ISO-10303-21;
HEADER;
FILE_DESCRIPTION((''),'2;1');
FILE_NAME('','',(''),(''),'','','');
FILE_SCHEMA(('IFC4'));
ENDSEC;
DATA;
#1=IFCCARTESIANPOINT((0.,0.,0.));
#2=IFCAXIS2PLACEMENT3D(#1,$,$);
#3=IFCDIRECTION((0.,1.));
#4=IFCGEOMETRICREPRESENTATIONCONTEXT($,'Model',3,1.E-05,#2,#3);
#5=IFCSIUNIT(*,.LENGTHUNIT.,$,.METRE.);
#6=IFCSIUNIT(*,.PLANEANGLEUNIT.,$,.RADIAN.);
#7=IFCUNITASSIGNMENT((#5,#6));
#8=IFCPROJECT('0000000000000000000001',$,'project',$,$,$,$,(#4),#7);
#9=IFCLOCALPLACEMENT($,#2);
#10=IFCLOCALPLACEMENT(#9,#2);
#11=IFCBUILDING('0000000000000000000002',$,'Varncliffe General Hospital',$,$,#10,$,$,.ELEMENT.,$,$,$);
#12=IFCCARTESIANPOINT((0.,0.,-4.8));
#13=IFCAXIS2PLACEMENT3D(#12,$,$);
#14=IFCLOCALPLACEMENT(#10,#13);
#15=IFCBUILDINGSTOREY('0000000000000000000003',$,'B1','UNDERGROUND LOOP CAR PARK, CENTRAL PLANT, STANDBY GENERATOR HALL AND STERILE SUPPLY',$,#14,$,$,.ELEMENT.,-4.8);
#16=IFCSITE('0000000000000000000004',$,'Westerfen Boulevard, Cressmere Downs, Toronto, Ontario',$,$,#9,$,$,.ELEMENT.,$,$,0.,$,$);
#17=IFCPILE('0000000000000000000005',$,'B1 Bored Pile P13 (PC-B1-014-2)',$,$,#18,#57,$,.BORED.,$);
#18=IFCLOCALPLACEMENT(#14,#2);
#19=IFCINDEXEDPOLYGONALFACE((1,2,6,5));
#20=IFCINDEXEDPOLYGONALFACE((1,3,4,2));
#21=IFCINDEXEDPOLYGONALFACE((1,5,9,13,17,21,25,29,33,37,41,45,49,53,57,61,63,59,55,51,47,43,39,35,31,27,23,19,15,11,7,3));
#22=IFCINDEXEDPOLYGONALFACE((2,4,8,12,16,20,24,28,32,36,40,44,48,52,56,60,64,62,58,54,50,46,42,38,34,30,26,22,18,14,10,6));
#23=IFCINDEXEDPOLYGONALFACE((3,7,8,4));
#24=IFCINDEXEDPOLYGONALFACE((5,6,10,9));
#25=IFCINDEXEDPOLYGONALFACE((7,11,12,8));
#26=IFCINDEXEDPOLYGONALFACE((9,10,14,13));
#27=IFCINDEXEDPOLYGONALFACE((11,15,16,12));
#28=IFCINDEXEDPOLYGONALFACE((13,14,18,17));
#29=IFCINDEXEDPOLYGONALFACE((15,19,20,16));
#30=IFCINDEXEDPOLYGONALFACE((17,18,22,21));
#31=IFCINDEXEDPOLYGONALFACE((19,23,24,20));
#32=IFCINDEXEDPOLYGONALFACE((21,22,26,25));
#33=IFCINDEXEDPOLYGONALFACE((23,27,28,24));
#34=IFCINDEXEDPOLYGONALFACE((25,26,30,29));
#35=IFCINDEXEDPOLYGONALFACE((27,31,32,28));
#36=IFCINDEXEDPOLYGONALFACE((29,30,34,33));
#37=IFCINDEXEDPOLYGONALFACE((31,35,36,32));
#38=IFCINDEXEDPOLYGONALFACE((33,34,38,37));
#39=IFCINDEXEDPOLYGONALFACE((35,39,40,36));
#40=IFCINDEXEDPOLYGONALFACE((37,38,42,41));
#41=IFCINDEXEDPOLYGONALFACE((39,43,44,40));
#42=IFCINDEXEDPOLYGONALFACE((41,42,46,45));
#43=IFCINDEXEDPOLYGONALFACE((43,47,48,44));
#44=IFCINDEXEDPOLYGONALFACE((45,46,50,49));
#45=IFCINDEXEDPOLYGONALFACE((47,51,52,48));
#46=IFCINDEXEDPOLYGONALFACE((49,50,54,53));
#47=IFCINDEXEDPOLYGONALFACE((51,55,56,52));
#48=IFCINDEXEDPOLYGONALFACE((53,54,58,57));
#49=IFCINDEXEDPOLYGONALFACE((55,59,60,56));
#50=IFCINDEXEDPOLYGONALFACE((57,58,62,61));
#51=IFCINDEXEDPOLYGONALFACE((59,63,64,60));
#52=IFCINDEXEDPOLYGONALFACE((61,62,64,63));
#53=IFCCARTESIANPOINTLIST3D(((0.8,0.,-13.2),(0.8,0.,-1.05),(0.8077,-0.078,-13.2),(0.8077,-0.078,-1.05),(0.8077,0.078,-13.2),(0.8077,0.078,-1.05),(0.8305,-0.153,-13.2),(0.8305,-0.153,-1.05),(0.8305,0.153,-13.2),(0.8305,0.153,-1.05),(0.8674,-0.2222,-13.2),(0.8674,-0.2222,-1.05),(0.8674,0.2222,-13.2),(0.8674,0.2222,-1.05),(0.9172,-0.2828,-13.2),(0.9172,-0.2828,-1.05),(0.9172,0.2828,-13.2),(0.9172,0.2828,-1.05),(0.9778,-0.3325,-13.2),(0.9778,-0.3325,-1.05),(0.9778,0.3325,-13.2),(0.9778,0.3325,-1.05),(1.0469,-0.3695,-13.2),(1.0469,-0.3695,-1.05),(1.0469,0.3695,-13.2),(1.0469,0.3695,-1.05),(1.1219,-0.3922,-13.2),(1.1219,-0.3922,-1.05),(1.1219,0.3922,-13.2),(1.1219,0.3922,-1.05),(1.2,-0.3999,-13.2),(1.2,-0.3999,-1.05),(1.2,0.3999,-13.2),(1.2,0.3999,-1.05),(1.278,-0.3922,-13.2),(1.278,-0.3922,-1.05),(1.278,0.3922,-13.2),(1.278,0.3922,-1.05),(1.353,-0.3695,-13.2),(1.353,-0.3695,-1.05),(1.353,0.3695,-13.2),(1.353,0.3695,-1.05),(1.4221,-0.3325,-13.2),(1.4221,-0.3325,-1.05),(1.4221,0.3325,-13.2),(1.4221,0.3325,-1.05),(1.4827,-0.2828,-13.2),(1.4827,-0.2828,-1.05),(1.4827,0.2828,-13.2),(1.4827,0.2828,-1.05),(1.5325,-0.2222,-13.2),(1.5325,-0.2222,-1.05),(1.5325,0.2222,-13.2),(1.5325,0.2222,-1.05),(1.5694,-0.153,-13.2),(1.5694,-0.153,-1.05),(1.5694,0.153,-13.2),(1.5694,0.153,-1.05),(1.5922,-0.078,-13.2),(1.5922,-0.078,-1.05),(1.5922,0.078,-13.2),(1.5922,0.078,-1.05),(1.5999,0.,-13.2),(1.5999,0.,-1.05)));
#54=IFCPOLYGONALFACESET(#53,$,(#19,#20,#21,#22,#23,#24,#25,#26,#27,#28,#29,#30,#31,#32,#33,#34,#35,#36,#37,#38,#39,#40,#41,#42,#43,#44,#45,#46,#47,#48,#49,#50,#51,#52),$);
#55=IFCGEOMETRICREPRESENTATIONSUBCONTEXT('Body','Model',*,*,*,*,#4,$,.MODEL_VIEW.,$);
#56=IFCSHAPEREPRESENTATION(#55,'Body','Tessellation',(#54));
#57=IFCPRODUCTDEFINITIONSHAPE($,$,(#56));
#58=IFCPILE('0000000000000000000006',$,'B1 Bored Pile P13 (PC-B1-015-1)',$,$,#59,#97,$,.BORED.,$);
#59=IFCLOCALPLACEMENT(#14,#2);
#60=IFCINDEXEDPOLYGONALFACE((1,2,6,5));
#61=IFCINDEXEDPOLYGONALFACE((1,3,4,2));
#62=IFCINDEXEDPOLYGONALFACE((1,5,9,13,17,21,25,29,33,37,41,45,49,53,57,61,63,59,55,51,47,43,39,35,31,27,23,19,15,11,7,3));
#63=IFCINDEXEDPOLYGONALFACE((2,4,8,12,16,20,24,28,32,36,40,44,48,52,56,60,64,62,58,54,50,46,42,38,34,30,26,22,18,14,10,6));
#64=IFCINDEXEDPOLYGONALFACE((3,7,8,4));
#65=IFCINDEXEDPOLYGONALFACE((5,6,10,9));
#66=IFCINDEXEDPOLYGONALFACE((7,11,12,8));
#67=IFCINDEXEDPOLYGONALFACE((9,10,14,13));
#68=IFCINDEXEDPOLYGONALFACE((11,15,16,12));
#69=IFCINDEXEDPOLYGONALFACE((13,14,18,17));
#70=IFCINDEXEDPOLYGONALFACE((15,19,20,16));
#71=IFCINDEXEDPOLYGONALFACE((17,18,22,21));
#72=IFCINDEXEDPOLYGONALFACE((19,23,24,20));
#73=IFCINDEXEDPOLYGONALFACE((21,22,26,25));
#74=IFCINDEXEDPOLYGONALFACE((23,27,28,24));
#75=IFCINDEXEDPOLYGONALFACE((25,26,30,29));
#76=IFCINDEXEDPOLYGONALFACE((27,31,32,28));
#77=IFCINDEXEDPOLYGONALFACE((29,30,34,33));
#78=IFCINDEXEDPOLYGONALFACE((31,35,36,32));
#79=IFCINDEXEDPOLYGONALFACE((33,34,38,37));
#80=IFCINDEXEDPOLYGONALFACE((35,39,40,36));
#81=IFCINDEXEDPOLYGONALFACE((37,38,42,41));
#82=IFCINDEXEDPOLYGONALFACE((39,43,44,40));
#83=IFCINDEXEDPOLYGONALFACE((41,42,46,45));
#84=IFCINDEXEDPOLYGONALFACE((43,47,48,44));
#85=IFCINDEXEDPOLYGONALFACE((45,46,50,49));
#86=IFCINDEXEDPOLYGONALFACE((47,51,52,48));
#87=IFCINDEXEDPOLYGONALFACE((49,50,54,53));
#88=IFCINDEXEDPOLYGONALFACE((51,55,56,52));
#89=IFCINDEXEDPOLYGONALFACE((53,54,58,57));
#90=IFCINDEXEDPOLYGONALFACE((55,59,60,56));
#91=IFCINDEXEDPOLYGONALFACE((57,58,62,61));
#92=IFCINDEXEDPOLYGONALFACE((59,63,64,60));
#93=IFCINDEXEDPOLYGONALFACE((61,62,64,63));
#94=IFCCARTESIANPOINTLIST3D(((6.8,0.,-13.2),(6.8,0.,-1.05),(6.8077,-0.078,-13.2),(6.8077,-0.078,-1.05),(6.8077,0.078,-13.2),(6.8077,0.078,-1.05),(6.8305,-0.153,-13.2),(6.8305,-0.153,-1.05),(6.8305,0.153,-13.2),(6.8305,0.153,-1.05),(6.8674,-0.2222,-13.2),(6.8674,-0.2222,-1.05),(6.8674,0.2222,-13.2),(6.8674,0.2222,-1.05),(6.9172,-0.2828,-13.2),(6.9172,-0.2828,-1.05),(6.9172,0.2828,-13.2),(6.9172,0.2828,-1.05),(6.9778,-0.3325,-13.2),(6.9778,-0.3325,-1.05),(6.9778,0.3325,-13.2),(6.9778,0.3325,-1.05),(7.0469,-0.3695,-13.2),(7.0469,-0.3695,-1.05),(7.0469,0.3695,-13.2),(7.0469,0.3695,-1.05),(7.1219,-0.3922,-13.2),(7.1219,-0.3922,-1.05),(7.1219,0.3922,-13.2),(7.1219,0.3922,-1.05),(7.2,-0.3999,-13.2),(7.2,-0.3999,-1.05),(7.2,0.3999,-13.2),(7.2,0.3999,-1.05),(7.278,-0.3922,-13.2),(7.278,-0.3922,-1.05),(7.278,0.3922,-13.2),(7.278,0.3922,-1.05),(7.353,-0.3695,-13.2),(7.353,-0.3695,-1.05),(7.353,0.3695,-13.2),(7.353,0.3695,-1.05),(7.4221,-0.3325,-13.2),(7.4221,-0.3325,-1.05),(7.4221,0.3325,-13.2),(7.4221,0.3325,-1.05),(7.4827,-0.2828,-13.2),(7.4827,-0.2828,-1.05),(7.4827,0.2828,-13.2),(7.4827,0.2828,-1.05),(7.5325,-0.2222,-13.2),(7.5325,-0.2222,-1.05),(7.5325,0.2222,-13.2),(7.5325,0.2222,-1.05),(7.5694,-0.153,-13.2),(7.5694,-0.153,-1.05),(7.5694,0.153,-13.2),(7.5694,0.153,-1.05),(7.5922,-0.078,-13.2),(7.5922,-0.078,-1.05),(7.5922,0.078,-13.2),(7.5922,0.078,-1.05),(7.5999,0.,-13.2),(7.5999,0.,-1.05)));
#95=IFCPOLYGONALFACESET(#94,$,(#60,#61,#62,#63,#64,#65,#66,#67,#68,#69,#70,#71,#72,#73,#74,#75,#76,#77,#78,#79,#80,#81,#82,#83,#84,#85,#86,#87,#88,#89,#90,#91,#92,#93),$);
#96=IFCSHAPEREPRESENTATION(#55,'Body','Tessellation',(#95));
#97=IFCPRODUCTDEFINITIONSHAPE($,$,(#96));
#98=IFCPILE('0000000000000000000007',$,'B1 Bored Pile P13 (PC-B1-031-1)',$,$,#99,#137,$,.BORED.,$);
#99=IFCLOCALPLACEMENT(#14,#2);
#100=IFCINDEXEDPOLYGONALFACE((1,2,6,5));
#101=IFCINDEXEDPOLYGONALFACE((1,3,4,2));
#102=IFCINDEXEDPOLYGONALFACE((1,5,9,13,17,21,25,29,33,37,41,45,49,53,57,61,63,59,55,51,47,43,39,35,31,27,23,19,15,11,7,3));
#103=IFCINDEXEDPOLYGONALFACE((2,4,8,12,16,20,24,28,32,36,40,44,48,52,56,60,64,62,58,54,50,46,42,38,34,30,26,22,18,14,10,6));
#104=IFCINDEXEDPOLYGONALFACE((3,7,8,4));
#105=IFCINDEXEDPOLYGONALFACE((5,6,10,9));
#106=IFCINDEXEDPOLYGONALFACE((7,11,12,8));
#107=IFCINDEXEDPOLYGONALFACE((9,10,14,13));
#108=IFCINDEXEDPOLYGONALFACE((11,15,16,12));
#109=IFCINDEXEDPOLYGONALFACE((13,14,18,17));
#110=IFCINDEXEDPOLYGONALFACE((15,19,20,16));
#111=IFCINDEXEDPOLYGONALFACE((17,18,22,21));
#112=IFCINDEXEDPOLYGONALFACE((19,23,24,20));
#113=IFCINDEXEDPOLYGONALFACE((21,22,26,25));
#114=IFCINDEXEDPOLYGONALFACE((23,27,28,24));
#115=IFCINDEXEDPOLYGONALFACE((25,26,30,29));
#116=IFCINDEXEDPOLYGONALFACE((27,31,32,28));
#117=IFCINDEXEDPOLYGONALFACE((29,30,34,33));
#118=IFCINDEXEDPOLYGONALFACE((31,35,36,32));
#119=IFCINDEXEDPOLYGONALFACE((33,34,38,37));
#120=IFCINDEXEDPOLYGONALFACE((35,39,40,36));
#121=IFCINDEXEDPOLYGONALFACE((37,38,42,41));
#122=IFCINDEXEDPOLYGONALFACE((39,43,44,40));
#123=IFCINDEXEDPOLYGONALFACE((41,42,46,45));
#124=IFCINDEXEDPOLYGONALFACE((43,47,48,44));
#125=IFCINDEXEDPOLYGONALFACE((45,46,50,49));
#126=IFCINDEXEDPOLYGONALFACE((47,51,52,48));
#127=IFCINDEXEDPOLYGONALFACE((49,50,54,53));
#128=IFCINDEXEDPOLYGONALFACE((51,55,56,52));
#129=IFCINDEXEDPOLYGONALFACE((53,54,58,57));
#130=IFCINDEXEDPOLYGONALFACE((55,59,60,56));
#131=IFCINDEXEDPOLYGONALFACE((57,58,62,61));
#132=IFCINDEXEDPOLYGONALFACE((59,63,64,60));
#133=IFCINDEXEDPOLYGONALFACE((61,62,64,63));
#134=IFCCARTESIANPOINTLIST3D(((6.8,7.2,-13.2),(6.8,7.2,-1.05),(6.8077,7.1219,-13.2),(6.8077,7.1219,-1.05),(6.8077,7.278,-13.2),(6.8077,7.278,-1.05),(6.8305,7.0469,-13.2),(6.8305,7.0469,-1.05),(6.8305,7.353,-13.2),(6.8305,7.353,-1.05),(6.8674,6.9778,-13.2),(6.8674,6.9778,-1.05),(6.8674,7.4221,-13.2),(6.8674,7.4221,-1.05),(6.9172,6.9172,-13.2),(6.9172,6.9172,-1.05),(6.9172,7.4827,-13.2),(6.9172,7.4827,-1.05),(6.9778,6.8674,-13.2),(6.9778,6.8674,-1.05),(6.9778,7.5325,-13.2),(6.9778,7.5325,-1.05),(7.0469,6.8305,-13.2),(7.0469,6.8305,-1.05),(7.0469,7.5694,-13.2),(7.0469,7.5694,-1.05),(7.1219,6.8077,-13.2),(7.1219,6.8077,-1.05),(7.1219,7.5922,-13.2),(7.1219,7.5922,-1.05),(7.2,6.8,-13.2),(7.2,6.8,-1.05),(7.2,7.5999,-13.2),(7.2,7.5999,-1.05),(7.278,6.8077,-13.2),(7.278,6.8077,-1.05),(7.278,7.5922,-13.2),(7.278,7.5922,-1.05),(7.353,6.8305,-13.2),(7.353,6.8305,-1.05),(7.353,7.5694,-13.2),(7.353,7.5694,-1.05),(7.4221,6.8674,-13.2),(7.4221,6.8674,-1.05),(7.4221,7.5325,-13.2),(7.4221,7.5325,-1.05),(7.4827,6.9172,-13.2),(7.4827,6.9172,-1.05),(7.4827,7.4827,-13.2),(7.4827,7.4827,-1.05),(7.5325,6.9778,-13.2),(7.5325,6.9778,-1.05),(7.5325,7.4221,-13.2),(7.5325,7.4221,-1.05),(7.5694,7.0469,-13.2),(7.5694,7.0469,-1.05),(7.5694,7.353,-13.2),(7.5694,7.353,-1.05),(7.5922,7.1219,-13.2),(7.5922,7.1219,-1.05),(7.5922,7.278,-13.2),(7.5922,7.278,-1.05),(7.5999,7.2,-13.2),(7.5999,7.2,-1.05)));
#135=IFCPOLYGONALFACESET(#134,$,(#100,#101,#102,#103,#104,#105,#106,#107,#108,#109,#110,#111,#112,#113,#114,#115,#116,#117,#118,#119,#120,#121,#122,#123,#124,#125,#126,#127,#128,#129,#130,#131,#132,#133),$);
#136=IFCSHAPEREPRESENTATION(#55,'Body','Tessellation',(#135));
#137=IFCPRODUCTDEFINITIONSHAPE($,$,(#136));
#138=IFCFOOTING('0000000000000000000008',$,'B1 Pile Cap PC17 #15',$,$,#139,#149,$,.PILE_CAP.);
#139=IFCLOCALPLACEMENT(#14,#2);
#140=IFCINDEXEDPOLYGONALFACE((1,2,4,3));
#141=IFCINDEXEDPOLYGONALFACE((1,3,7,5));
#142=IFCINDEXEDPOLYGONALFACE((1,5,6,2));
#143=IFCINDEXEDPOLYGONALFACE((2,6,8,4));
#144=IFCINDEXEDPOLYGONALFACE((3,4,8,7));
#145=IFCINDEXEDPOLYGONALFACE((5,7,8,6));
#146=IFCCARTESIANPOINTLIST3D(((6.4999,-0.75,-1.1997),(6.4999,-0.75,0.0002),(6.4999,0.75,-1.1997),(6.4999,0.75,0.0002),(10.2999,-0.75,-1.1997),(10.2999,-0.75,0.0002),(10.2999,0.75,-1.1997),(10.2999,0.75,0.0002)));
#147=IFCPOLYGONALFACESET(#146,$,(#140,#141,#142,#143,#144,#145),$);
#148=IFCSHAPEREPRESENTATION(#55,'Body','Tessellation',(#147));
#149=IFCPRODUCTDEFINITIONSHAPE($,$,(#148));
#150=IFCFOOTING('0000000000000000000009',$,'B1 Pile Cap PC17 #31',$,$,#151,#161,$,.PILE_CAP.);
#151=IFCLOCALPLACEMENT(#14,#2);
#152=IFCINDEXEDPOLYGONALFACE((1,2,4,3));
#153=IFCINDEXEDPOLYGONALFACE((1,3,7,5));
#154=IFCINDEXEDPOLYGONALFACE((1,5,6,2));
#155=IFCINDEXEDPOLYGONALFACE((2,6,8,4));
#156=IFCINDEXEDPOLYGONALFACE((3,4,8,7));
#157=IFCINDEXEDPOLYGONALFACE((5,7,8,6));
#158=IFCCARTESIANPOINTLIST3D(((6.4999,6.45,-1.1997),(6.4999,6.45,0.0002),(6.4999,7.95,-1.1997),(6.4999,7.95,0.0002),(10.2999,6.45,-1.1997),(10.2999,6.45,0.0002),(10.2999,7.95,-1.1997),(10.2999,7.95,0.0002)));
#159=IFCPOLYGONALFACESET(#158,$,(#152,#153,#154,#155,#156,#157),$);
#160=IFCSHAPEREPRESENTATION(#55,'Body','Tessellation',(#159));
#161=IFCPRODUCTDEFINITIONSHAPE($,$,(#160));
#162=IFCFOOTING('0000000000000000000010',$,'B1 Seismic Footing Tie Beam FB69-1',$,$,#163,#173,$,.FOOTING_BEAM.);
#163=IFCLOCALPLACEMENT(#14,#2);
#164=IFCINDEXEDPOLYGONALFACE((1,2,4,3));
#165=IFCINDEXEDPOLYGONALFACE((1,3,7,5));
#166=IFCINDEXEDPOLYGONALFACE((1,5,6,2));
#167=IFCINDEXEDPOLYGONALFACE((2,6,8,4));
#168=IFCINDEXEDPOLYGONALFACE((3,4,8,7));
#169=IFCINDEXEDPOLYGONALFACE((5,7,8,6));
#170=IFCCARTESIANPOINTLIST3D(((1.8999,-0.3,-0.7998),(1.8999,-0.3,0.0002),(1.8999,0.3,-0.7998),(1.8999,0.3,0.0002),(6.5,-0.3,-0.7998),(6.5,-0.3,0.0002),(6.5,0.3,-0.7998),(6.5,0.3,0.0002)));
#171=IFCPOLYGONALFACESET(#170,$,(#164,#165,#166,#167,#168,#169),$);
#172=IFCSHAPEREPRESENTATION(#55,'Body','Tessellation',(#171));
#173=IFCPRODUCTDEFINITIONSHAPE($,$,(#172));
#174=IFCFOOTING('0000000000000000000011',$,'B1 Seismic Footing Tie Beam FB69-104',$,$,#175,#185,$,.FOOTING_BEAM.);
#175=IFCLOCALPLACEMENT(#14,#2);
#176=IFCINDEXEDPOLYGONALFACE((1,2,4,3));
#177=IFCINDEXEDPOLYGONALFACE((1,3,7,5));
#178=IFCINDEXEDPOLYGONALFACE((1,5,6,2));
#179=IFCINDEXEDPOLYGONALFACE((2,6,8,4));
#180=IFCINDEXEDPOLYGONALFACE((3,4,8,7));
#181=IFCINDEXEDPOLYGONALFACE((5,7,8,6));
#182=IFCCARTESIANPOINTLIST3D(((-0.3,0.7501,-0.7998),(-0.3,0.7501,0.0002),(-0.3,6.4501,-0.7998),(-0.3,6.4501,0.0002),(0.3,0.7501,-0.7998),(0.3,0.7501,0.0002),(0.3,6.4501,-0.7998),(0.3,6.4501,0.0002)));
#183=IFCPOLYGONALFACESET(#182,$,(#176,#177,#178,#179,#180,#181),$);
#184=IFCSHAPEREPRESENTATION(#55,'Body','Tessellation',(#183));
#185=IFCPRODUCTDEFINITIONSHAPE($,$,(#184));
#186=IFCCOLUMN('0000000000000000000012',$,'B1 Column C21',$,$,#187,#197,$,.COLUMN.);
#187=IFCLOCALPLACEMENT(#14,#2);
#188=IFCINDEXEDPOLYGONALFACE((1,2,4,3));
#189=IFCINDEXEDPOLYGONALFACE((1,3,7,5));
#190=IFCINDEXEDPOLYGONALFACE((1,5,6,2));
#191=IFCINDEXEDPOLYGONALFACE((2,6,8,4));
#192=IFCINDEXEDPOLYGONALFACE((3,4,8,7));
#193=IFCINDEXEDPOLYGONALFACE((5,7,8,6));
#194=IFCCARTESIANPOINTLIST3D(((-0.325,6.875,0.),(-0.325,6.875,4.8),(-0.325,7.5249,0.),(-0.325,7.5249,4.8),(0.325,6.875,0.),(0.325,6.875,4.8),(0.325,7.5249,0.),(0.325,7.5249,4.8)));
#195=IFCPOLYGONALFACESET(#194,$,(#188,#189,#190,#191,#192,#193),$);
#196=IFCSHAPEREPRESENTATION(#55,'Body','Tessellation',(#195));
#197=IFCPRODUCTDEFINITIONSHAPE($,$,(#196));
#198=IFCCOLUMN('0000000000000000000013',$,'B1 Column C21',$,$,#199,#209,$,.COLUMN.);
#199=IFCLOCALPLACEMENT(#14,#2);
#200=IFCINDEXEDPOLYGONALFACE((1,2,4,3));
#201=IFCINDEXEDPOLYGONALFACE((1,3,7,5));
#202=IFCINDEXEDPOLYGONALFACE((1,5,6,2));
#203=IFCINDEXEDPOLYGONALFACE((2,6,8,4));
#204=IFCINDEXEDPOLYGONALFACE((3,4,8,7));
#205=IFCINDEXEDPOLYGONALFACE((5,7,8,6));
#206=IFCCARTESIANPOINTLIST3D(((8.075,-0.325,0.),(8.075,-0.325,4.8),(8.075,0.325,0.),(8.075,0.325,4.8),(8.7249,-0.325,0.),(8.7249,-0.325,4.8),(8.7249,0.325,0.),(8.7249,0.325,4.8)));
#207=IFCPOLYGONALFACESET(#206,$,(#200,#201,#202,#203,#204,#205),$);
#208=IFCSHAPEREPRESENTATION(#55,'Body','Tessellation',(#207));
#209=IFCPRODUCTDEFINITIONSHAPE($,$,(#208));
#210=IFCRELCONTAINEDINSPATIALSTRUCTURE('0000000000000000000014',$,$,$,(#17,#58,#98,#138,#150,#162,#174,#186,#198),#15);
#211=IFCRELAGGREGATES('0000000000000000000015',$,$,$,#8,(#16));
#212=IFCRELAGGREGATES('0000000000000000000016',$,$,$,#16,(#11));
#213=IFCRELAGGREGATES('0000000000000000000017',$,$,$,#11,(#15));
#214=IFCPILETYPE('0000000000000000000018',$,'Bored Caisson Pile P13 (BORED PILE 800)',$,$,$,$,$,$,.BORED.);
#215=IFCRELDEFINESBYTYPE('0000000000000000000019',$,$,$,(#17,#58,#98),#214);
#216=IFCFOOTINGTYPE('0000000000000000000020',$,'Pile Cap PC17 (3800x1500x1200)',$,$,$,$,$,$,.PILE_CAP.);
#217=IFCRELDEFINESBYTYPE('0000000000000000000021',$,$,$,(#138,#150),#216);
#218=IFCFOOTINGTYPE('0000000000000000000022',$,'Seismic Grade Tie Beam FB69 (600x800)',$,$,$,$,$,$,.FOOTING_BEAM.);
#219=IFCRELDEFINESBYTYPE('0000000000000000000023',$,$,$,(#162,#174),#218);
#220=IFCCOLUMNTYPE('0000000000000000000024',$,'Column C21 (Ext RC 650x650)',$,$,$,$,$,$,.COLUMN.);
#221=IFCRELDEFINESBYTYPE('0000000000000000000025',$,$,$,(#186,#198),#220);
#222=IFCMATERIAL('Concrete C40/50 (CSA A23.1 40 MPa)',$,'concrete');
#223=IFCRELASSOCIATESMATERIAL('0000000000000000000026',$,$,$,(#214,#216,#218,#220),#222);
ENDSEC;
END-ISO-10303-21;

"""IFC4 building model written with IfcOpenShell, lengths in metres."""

from ifc_helpers import new_model, si_unit, direction, frame, origin, origin_2d, place, context, subcontext, project, spatial, rectangle, circle, extrude, material, material_profile, profile_set, type_object, element, save


model = new_model("IFC4")

# Units and contexts
model_context = context("Model", 3, precision=1e-05, world=origin(), true_north=direction((0.0, 1.0)))
body_context = subcontext(model_context, "Body", "Model", "MODEL_VIEW")
ifc_project = project(units=[si_unit("LENGTHUNIT", "METRE"), si_unit("PLANEANGLEUNIT", "RADIAN")], contexts=[model_context])

# Site, building, storey
site_placement = place(None, origin())
site = spatial("IfcSite", under=ifc_project, at=site_placement, Name="Westerfen Boulevard, Cressmere Downs, Toronto, Ontario", CompositionType="ELEMENT", RefElevation=0.0)
building_placement = place(site_placement, origin())
building = spatial("IfcBuilding", under=site, at=building_placement, Name="Varncliffe General Hospital", CompositionType="ELEMENT")
storey_placement = place(building_placement, frame((0.0, 0.0, -4.8)))
storey = spatial("IfcBuildingStorey", under=building, at=storey_placement, Name="B1", Description="UNDERGROUND LOOP CAR PARK, CENTRAL PLANT, STANDBY GENERATOR HALL AND STERILE SUPPLY", CompositionType="ELEMENT", Elevation=-4.8)

# Piles
ifc_material_1 = material(Name="Concrete C40/50 (CSA A23.1 40 MPa)", Category="concrete")
ifc_material_profile_1 = material_profile(ifc_material_1, circle(Radius=0.3999, at=origin_2d()), Name="BORED PILE 800")
ifc_profile_set_1 = profile_set([ifc_material_profile_1], Name="Concrete C40/50 (CSA A23.1 40 MPa)")
pile_type = type_object("IfcPileType", Name="Bored Caisson Pile P13 (BORED PILE 800)", PredefinedType="BORED", material=ifc_profile_set_1)
for number, where, z_axis, x_axis, name in (
    (1, (1.2, 0.0, -1.05), (0.0, 0.0, -1.0), (1.0, 0.0, 0.0), "B1 Bored Pile P13 (PC-B1-014-2)"),
    (2, (7.2, 0.0, -1.05), (0.0, 0.0, -1.0), (1.0, 0.0, 0.0), "B1 Bored Pile P13 (PC-B1-015-1)"),
    (3, (7.2, 7.2, -1.05), (0.0, 0.0, -1.0), (1.0, 0.0, 0.0), "B1 Bored Pile P13 (PC-B1-031-1)"),
):
    element("IfcPile", number, at=place(storey_placement, frame(where, z_axis=z_axis, x_axis=x_axis)), inside=storey, type_object=pile_type, Name=name, PredefinedType="BORED", context=body_context, shape_type="SweptSolid", body=[
        extrude(circle(Radius=0.3999, at=origin_2d()), origin(), (0.0, 0.0, 1.0), 12.1499),
    ])

# Footings
footing_type_1 = type_object("IfcFootingType", Name="Pile Cap PC17 (3800x1500x1200)", PredefinedType="PILE_CAP", material=ifc_material_1)
for number, where, z_axis, x_axis, name in (
    (4, (8.3999, 0.0, -1.1997), (0.0, 0.0, 1.0), (1.0, 0.0, 0.0), "B1 Pile Cap PC17 #15"),
    (5, (8.3999, 7.2, -1.1997), (0.0, 0.0, 1.0), (1.0, 0.0, 0.0), "B1 Pile Cap PC17 #31"),
):
    element("IfcFooting", number, at=place(storey_placement, frame(where, z_axis=z_axis, x_axis=x_axis)), inside=storey, type_object=footing_type_1, Name=name, PredefinedType="PILE_CAP", context=body_context, shape_type="SweptSolid", body=[
        extrude(rectangle(XDim=3.8, YDim=1.5, at=origin_2d()), origin(), (0.0, 0.0, 1.0), 1.2),
    ])
footing_type_2 = type_object("IfcFootingType", Name="Seismic Grade Tie Beam FB69 (600x800)", PredefinedType="FOOTING_BEAM", material=ifc_material_1)
footing_1_placement = place(storey_placement, frame((4.2, 0.0, -0.7998), z_axis=(0.0, 0.0, 1.0), x_axis=(1.0, 0.0, 0.0)))
element("IfcFooting", 6, at=footing_1_placement, inside=storey, type_object=footing_type_2, Name="B1 Seismic Footing Tie Beam FB69-1", PredefinedType="FOOTING_BEAM", context=body_context, shape_type="SweptSolid", body=[
    extrude(rectangle(XDim=4.6001, YDim=0.6001, at=origin_2d()), origin(), (0.0, 0.0, 1.0), 0.8),
])
footing_2_placement = place(storey_placement, frame((0.0, 3.6001, -0.7998), z_axis=(0.0, 0.0, 1.0), x_axis=(1.0, 0.0, 0.0)))
element("IfcFooting", 7, at=footing_2_placement, inside=storey, type_object=footing_type_2, Name="B1 Seismic Footing Tie Beam FB69-104", PredefinedType="FOOTING_BEAM", context=body_context, shape_type="SweptSolid", body=[
    extrude(rectangle(XDim=0.6001, YDim=5.7, at=origin_2d()), origin(), (0.0, 0.0, 1.0), 0.8),
])

# Columns
ifc_material_profile_2 = material_profile(ifc_material_1, rectangle(XDim=0.6499, YDim=0.6499, at=origin_2d()), Name="RC 650x650")
ifc_profile_set_2 = profile_set([ifc_material_profile_2], Name="Concrete C40/50 (CSA A23.1 40 MPa)")
column_type_1 = type_object("IfcColumnType", Name="Column C21 (Ext RC 650x650)", PredefinedType="COLUMN", material=ifc_profile_set_2)
for number, where, z_axis, x_axis, name in (
    (8, (0.0, 7.2, 0.0), (0.0, 0.0, 1.0), (1.0, 0.0, 0.0), "B1 Column C21"),
    (9, (8.3999, 0.0, 0.0), (0.0, 0.0, 1.0), (1.0, 0.0, 0.0), "B1 Column C21"),
):
    element("IfcColumn", number, at=place(storey_placement, frame(where, z_axis=z_axis, x_axis=x_axis)), inside=storey, type_object=column_type_1, Name=name, PredefinedType="COLUMN", context=body_context, shape_type="SweptSolid", body=[
        extrude(rectangle(XDim=0.6499, YDim=0.6499, at=origin_2d()), origin(), (0.0, 0.0, 1.0), 4.8),
    ])

save(model, "model.ifc")
